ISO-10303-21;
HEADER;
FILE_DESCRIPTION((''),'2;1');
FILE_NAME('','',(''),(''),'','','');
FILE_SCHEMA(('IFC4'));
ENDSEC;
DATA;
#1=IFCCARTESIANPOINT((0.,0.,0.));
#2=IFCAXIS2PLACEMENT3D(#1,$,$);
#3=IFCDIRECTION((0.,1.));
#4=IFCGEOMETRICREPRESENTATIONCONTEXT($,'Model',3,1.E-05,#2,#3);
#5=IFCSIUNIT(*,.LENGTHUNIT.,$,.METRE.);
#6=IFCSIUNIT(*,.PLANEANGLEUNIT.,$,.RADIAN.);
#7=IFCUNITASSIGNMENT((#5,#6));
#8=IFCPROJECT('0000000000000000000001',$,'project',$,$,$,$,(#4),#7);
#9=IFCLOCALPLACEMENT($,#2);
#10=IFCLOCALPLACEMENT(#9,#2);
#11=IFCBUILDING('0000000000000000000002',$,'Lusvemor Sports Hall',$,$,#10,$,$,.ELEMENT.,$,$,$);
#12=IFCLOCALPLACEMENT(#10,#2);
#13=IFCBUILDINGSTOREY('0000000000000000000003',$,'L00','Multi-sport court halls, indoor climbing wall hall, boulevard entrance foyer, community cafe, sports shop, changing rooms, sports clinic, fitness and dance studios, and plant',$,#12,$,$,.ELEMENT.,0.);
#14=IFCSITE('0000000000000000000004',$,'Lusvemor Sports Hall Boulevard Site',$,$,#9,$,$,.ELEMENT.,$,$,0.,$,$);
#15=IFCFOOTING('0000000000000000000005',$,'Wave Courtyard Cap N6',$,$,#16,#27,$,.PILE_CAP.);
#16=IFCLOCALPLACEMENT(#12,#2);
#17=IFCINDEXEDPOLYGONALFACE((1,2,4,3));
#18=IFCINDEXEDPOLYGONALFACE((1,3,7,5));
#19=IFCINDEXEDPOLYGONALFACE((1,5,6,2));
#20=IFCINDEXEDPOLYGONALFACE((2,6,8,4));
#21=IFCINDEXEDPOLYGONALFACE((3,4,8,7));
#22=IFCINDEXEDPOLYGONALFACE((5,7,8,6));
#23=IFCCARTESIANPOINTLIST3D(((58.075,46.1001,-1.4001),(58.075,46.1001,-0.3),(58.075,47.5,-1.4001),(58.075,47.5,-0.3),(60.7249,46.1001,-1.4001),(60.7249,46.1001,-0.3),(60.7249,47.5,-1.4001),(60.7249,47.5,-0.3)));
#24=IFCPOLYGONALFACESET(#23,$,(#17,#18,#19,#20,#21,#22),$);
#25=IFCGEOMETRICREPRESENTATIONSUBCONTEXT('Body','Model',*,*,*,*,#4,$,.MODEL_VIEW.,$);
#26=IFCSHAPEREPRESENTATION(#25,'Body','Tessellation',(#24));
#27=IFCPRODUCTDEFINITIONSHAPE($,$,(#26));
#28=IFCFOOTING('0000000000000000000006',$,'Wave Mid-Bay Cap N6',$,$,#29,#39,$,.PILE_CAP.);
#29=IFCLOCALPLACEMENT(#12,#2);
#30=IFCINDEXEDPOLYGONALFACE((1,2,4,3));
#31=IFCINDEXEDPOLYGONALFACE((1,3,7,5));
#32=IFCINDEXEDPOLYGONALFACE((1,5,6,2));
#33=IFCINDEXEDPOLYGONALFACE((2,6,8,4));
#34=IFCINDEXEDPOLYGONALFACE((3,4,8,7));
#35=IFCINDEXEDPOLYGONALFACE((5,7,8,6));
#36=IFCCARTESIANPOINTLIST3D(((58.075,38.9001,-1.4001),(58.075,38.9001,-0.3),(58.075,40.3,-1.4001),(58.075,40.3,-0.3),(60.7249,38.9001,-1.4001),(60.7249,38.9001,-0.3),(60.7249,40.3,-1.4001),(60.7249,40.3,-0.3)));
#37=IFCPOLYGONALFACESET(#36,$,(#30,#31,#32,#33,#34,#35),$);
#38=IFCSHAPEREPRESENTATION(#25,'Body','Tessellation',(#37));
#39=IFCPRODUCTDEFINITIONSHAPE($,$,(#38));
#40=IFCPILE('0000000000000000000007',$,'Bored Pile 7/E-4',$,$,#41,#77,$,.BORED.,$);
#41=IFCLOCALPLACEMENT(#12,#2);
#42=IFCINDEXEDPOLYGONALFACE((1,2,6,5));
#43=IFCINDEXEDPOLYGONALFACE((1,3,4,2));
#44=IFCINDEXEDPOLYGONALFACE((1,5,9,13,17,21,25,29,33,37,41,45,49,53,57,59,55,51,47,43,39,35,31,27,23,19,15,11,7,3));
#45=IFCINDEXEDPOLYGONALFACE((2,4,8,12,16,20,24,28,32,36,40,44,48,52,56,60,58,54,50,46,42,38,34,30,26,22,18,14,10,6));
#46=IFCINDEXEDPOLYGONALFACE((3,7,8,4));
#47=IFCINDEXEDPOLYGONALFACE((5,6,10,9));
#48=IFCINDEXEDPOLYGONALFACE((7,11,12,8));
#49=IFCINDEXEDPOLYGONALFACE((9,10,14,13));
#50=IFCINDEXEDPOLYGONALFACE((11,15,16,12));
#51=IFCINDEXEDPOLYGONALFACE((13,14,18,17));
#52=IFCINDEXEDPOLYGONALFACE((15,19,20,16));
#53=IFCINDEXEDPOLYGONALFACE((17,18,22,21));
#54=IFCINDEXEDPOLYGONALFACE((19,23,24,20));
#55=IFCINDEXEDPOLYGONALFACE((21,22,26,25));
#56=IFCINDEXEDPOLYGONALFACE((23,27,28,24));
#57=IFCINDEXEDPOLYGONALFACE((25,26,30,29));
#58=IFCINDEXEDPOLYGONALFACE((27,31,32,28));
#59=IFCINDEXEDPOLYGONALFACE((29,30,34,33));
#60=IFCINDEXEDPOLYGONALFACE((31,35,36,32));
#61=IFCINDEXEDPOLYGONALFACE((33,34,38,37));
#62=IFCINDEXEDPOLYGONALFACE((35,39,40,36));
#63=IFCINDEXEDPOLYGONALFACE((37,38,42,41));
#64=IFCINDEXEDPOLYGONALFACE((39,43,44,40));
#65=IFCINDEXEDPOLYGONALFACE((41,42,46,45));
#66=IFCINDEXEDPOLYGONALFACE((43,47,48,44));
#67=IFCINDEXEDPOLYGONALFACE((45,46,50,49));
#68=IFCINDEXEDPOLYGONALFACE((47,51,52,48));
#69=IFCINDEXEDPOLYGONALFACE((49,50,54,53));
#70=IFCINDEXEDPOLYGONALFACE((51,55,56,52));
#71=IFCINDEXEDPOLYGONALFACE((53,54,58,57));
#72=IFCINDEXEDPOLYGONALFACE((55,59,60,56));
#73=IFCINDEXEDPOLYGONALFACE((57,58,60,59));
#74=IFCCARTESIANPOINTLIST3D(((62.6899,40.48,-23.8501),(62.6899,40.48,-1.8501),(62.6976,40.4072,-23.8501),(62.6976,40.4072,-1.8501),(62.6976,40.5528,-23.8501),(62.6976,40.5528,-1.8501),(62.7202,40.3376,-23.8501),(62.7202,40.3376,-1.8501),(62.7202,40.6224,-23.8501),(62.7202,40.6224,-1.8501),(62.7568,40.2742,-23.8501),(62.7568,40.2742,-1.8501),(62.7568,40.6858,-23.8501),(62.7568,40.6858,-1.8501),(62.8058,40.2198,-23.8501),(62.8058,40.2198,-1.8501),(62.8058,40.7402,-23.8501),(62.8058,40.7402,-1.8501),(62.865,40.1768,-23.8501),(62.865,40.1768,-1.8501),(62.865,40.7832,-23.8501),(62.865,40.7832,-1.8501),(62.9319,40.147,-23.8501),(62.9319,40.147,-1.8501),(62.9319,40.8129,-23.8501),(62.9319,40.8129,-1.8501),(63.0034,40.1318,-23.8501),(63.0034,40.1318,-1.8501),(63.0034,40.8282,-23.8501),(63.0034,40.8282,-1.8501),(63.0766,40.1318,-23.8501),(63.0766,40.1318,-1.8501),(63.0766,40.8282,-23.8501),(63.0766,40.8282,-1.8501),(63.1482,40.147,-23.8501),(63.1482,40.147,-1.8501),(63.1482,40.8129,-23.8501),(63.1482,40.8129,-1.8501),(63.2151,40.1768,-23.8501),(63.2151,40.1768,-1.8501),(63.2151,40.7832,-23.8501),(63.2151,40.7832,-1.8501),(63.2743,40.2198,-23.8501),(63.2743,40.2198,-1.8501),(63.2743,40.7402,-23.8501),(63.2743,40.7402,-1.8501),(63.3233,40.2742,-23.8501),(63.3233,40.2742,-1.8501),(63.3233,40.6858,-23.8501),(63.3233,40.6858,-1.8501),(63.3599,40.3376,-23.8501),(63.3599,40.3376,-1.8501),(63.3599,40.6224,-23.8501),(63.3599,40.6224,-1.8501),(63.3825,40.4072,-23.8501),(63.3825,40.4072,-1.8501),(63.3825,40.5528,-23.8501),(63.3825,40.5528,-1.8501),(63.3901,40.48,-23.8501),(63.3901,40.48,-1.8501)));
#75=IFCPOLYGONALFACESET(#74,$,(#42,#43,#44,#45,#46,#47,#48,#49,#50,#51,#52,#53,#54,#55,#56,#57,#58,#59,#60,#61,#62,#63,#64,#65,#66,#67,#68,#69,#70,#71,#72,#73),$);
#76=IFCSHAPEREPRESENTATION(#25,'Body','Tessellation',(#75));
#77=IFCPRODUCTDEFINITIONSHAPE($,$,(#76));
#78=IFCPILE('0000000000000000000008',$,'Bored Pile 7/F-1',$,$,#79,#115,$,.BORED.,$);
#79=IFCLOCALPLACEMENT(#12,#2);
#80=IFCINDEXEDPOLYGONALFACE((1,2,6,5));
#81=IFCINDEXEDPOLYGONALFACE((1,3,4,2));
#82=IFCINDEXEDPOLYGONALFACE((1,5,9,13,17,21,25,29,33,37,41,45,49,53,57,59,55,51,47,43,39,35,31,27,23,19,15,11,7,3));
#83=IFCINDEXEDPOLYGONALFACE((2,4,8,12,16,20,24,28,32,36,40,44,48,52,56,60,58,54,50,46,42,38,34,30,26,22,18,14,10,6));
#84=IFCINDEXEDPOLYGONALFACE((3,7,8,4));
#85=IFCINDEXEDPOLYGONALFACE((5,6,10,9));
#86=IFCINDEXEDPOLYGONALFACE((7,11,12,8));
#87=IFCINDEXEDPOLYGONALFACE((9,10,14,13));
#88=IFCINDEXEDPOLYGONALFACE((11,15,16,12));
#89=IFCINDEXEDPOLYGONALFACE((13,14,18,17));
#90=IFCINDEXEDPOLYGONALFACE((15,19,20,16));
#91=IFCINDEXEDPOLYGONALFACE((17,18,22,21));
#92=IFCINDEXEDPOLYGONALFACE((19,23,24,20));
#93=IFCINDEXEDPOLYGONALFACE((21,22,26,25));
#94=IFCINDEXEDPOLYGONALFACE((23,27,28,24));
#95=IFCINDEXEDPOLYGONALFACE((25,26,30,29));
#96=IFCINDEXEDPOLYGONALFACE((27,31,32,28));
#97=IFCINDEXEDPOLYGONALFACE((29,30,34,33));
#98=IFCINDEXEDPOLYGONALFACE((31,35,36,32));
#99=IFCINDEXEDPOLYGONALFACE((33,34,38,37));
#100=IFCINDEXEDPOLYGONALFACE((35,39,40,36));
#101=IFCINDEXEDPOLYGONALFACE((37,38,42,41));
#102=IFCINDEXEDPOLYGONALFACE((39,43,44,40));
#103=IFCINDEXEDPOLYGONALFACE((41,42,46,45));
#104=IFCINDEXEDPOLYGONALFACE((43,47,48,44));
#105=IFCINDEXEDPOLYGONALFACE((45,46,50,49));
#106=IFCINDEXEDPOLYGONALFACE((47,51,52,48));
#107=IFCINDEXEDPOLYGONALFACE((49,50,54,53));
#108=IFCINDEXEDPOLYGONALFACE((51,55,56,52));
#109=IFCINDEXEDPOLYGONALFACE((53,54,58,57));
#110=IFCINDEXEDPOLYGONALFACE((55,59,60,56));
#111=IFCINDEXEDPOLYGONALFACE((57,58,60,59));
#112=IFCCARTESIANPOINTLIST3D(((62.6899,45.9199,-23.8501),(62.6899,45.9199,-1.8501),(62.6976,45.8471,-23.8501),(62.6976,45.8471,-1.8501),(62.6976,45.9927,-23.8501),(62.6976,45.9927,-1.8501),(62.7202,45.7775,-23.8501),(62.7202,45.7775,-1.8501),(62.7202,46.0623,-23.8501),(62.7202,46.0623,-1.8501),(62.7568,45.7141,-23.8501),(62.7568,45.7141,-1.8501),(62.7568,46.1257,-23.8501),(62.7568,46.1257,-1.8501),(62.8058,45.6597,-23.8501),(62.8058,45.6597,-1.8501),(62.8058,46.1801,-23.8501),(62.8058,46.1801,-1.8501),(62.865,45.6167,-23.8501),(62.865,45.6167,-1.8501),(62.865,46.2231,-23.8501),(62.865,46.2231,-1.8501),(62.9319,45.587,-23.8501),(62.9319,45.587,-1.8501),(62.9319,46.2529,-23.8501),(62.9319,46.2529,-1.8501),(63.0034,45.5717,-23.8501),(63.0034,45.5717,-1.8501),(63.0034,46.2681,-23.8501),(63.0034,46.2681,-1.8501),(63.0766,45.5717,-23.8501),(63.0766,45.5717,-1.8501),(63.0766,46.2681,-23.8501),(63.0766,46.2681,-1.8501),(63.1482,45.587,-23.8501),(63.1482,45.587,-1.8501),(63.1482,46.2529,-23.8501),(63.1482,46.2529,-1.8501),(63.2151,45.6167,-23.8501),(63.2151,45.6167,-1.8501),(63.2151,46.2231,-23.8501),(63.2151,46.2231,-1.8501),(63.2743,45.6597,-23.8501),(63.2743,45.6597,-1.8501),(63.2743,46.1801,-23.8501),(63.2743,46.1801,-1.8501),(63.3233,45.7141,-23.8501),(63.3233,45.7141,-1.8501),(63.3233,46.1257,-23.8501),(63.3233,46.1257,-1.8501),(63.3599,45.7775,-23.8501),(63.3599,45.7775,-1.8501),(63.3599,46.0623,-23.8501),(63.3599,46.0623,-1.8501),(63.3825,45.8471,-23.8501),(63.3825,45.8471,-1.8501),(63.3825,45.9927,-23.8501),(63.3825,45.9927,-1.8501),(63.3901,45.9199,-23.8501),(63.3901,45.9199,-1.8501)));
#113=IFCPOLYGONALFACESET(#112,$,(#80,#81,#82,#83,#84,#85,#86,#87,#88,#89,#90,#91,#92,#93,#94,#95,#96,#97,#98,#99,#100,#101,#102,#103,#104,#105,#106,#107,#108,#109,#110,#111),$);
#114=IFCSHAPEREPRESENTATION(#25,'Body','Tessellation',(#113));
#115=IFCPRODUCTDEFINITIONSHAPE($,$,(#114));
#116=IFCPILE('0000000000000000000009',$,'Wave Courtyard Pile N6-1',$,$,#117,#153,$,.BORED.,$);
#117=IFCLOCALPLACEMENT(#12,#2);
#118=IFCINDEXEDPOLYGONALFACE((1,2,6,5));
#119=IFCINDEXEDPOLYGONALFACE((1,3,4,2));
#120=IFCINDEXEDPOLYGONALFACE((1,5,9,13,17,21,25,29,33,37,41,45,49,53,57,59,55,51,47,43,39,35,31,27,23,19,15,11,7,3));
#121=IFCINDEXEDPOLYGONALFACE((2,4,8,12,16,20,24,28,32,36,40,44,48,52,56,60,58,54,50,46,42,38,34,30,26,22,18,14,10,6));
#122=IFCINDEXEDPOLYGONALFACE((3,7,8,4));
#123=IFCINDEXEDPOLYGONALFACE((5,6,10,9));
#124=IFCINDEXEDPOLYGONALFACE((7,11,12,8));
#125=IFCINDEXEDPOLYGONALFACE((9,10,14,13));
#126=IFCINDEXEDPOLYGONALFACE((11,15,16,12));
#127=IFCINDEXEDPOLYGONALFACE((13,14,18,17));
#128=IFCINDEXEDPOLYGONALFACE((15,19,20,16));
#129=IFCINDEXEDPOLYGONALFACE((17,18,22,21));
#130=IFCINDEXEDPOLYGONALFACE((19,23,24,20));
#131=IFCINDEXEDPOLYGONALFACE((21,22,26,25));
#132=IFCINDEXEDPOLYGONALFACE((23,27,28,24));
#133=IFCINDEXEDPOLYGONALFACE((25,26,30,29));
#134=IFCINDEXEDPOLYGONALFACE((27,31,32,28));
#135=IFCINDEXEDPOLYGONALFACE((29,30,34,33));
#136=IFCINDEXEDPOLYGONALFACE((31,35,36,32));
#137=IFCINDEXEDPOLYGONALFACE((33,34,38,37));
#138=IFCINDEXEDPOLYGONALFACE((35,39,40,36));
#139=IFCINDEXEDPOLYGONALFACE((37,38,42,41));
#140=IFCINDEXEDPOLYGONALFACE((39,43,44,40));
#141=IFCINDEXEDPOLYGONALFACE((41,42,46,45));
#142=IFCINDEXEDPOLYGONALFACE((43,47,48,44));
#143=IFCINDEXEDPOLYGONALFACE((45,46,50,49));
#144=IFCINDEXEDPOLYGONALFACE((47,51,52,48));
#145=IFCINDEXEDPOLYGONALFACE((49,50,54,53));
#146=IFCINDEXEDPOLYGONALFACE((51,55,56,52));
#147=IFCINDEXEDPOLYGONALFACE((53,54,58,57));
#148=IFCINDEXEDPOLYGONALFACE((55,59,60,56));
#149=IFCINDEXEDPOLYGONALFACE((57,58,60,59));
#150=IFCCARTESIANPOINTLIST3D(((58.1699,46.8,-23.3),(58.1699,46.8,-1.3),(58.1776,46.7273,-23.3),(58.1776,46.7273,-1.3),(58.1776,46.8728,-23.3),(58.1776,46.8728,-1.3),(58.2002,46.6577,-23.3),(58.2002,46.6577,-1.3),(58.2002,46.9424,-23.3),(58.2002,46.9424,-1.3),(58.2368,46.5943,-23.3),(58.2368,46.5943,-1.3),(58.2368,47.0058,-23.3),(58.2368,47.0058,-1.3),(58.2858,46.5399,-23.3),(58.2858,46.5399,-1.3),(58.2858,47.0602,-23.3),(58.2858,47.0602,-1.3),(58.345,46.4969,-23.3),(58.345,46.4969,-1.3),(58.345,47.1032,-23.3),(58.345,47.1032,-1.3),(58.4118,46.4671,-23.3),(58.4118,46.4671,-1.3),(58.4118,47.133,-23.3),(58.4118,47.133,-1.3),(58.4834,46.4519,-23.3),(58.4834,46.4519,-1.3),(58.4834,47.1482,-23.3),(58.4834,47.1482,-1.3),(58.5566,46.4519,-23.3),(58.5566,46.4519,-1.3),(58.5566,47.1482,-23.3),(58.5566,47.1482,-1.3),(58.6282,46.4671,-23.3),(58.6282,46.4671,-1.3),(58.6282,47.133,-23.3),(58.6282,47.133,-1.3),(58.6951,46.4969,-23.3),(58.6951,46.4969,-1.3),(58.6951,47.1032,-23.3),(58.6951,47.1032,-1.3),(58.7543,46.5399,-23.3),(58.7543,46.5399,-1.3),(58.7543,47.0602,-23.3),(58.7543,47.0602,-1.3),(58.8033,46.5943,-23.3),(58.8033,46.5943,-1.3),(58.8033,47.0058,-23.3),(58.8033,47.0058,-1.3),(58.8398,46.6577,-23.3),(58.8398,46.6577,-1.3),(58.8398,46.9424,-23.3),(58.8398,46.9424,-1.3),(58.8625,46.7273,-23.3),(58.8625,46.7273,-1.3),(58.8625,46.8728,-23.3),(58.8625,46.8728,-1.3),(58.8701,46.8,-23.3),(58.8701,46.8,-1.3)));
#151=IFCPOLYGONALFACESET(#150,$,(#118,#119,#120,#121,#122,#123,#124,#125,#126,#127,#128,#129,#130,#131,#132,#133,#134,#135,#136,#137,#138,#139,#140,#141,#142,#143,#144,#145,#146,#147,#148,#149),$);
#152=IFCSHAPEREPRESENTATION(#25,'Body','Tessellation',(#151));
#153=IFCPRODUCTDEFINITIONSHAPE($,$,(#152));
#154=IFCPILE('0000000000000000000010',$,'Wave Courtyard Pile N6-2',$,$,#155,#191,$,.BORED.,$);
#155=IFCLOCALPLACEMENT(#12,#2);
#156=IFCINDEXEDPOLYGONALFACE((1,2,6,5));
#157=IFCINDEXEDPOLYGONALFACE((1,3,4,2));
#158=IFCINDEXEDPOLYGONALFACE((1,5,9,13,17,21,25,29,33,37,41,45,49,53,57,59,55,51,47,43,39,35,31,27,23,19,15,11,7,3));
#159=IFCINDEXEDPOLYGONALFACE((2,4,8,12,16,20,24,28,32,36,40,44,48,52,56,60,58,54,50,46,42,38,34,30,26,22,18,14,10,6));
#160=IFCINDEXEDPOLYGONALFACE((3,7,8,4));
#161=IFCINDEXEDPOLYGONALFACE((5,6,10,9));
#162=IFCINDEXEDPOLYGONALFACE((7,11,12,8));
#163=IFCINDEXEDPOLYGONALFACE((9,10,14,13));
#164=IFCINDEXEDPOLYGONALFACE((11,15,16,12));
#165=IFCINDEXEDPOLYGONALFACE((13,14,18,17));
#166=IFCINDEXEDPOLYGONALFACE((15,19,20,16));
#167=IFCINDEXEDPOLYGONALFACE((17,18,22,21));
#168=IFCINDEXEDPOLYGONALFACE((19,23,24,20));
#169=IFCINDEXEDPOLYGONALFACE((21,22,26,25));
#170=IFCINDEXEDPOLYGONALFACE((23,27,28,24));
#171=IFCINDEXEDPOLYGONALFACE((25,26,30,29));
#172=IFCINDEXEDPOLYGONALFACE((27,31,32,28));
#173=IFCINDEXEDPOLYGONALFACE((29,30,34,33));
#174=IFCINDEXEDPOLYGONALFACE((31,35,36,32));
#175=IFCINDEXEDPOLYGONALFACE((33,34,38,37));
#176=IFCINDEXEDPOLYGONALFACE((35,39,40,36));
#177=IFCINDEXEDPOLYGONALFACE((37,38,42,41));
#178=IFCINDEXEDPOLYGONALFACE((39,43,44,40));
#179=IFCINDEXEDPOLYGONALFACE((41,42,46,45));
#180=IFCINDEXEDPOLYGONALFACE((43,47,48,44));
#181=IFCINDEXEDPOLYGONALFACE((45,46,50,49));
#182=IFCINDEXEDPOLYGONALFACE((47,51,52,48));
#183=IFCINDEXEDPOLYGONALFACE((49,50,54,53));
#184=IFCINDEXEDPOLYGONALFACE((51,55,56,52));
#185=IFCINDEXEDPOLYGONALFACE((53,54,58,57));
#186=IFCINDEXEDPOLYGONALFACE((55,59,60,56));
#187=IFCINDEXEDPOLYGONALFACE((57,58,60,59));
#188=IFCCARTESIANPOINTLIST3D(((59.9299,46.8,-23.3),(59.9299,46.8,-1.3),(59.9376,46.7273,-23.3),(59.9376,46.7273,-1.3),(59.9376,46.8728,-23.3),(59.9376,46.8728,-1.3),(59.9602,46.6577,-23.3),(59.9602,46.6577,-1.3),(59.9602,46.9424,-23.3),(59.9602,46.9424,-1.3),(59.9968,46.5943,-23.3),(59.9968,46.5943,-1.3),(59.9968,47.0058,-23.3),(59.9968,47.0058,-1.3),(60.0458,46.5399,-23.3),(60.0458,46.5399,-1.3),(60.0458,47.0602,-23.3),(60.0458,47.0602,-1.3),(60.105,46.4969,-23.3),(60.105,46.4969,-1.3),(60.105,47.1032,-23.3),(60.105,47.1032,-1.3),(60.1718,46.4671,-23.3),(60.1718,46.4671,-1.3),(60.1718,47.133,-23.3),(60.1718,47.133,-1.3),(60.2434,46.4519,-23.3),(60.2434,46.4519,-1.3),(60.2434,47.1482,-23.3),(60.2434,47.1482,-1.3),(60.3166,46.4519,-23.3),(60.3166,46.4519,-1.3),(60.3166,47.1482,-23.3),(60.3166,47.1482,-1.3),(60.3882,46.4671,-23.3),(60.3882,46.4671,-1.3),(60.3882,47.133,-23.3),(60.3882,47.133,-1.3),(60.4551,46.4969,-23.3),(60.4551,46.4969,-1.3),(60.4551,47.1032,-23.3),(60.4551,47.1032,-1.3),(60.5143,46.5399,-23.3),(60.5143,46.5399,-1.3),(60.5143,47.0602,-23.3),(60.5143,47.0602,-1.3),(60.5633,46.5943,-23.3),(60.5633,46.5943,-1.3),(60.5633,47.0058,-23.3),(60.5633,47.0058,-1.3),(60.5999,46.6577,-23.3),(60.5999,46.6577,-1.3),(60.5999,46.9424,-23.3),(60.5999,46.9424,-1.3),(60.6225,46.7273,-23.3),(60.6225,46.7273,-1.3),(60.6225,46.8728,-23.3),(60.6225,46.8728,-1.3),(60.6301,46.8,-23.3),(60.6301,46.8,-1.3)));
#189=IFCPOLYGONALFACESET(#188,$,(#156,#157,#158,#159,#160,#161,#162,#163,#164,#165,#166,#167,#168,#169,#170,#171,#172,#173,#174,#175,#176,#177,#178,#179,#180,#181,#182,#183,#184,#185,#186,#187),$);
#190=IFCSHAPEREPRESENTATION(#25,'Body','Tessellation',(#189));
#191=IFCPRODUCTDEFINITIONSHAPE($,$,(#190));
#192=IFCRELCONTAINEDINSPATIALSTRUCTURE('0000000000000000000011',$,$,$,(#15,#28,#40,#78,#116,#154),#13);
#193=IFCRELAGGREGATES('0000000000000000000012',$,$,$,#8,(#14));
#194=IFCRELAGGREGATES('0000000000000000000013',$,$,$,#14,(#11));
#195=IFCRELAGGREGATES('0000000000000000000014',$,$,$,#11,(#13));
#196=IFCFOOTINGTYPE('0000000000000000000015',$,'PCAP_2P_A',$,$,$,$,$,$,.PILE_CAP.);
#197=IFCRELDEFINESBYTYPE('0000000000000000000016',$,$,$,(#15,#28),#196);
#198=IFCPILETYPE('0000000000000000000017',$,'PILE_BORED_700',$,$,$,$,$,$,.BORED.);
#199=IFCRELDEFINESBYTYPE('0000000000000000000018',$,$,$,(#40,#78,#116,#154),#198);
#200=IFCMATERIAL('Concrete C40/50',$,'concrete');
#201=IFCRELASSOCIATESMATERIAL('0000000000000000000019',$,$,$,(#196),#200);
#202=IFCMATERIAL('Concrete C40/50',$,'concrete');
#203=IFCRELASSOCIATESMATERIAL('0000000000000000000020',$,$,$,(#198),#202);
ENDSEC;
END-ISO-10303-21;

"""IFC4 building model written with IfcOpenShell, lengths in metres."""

from ifc_helpers import new_model, si_unit, direction, frame, origin, origin_2d, place, context, subcontext, project, spatial, rectangle, circle, extrude, material, material_profile, profile_set, type_object, element, save


model = new_model("IFC4")

# Units and contexts
model_context = context("Model", 3, precision=1e-05, world=origin(), true_north=direction((0.0, 1.0)))
body_context = subcontext(model_context, "Body", "Model", "MODEL_VIEW")
ifc_project = project(units=[si_unit("LENGTHUNIT", "METRE"), si_unit("PLANEANGLEUNIT", "RADIAN")], contexts=[model_context])

# Site, building, storey
site_placement = place(None, origin())
site = spatial("IfcSite", under=ifc_project, at=site_placement, Name="Lusvemor Sports Hall Boulevard Site", CompositionType="ELEMENT", RefElevation=0.0)
building_placement = place(site_placement, origin())
building = spatial("IfcBuilding", under=site, at=building_placement, Name="Lusvemor Sports Hall", CompositionType="ELEMENT")
storey_placement = place(building_placement, origin())
storey = spatial("IfcBuildingStorey", under=building, at=storey_placement, Name="L00", Description="Multi-sport court halls, indoor climbing wall hall, boulevard entrance foyer, community cafe, sports shop, changing rooms, sports clinic, fitness and dance studios, and plant", CompositionType="ELEMENT", Elevation=0.0)

# Footings
ifc_material_1 = material(Name="Concrete C40/50", Category="concrete")
footing_type = type_object("IfcFootingType", Name="PCAP_2P_A", PredefinedType="PILE_CAP", material=ifc_material_1)
for number, where, z_axis, x_axis, name in (
    (1, (59.3999, 46.8, -1.4001), (0.0, 0.0, 1.0), (1.0, 0.0, 0.0), "Wave Courtyard Cap N6"),
    (2, (59.3999, 39.6001, -1.4001), (0.0, 0.0, 1.0), (1.0, 0.0, 0.0), "Wave Mid-Bay Cap N6"),
):
    element("IfcFooting", number, at=place(storey_placement, frame(where, z_axis=z_axis, x_axis=x_axis)), inside=storey, type_object=footing_type, Name=name, PredefinedType="PILE_CAP", context=body_context, shape_type="SweptSolid", body=[
        extrude(rectangle(XDim=2.6499, YDim=1.3999, at=origin_2d()), origin(), (0.0, 0.0, 1.0), 1.1001),
    ])

# Piles
ifc_material_2 = material(Name="Concrete C40/50", Category="concrete")
ifc_material_profile_1 = material_profile(ifc_material_2, circle(Radius=0.3501, at=origin_2d()), Name="PILE700")
ifc_profile_set_1 = profile_set([ifc_material_profile_1], Name="Concrete C40/50")
pile_type = type_object("IfcPileType", Name="PILE_BORED_700", PredefinedType="BORED", material=ifc_profile_set_1)
for number, where, z_axis, x_axis, name in (
    (3, (63.04, 40.48, -1.8501), (0.0, 0.0, -1.0), (1.0, 0.0, 0.0), "Bored Pile 7/E-4"),
    (4, (63.04, 45.9199, -1.8501), (0.0, 0.0, -1.0), (1.0, 0.0, 0.0), "Bored Pile 7/F-1"),
    (5, (58.52, 46.8, -1.3), (0.0, 0.0, -1.0), (1.0, 0.0, 0.0), "Wave Courtyard Pile N6-1"),
    (6, (60.28, 46.8, -1.3), (0.0, 0.0, -1.0), (1.0, 0.0, 0.0), "Wave Courtyard Pile N6-2"),
):
    element("IfcPile", number, at=place(storey_placement, frame(where, z_axis=z_axis, x_axis=x_axis)), inside=storey, type_object=pile_type, Name=name, PredefinedType="BORED", context=body_context, shape_type="SweptSolid", body=[
        extrude(circle(Radius=0.3501, at=origin_2d()), origin(), (0.0, 0.0, 1.0), 22.0),
    ])

save(model, "model.ifc")
